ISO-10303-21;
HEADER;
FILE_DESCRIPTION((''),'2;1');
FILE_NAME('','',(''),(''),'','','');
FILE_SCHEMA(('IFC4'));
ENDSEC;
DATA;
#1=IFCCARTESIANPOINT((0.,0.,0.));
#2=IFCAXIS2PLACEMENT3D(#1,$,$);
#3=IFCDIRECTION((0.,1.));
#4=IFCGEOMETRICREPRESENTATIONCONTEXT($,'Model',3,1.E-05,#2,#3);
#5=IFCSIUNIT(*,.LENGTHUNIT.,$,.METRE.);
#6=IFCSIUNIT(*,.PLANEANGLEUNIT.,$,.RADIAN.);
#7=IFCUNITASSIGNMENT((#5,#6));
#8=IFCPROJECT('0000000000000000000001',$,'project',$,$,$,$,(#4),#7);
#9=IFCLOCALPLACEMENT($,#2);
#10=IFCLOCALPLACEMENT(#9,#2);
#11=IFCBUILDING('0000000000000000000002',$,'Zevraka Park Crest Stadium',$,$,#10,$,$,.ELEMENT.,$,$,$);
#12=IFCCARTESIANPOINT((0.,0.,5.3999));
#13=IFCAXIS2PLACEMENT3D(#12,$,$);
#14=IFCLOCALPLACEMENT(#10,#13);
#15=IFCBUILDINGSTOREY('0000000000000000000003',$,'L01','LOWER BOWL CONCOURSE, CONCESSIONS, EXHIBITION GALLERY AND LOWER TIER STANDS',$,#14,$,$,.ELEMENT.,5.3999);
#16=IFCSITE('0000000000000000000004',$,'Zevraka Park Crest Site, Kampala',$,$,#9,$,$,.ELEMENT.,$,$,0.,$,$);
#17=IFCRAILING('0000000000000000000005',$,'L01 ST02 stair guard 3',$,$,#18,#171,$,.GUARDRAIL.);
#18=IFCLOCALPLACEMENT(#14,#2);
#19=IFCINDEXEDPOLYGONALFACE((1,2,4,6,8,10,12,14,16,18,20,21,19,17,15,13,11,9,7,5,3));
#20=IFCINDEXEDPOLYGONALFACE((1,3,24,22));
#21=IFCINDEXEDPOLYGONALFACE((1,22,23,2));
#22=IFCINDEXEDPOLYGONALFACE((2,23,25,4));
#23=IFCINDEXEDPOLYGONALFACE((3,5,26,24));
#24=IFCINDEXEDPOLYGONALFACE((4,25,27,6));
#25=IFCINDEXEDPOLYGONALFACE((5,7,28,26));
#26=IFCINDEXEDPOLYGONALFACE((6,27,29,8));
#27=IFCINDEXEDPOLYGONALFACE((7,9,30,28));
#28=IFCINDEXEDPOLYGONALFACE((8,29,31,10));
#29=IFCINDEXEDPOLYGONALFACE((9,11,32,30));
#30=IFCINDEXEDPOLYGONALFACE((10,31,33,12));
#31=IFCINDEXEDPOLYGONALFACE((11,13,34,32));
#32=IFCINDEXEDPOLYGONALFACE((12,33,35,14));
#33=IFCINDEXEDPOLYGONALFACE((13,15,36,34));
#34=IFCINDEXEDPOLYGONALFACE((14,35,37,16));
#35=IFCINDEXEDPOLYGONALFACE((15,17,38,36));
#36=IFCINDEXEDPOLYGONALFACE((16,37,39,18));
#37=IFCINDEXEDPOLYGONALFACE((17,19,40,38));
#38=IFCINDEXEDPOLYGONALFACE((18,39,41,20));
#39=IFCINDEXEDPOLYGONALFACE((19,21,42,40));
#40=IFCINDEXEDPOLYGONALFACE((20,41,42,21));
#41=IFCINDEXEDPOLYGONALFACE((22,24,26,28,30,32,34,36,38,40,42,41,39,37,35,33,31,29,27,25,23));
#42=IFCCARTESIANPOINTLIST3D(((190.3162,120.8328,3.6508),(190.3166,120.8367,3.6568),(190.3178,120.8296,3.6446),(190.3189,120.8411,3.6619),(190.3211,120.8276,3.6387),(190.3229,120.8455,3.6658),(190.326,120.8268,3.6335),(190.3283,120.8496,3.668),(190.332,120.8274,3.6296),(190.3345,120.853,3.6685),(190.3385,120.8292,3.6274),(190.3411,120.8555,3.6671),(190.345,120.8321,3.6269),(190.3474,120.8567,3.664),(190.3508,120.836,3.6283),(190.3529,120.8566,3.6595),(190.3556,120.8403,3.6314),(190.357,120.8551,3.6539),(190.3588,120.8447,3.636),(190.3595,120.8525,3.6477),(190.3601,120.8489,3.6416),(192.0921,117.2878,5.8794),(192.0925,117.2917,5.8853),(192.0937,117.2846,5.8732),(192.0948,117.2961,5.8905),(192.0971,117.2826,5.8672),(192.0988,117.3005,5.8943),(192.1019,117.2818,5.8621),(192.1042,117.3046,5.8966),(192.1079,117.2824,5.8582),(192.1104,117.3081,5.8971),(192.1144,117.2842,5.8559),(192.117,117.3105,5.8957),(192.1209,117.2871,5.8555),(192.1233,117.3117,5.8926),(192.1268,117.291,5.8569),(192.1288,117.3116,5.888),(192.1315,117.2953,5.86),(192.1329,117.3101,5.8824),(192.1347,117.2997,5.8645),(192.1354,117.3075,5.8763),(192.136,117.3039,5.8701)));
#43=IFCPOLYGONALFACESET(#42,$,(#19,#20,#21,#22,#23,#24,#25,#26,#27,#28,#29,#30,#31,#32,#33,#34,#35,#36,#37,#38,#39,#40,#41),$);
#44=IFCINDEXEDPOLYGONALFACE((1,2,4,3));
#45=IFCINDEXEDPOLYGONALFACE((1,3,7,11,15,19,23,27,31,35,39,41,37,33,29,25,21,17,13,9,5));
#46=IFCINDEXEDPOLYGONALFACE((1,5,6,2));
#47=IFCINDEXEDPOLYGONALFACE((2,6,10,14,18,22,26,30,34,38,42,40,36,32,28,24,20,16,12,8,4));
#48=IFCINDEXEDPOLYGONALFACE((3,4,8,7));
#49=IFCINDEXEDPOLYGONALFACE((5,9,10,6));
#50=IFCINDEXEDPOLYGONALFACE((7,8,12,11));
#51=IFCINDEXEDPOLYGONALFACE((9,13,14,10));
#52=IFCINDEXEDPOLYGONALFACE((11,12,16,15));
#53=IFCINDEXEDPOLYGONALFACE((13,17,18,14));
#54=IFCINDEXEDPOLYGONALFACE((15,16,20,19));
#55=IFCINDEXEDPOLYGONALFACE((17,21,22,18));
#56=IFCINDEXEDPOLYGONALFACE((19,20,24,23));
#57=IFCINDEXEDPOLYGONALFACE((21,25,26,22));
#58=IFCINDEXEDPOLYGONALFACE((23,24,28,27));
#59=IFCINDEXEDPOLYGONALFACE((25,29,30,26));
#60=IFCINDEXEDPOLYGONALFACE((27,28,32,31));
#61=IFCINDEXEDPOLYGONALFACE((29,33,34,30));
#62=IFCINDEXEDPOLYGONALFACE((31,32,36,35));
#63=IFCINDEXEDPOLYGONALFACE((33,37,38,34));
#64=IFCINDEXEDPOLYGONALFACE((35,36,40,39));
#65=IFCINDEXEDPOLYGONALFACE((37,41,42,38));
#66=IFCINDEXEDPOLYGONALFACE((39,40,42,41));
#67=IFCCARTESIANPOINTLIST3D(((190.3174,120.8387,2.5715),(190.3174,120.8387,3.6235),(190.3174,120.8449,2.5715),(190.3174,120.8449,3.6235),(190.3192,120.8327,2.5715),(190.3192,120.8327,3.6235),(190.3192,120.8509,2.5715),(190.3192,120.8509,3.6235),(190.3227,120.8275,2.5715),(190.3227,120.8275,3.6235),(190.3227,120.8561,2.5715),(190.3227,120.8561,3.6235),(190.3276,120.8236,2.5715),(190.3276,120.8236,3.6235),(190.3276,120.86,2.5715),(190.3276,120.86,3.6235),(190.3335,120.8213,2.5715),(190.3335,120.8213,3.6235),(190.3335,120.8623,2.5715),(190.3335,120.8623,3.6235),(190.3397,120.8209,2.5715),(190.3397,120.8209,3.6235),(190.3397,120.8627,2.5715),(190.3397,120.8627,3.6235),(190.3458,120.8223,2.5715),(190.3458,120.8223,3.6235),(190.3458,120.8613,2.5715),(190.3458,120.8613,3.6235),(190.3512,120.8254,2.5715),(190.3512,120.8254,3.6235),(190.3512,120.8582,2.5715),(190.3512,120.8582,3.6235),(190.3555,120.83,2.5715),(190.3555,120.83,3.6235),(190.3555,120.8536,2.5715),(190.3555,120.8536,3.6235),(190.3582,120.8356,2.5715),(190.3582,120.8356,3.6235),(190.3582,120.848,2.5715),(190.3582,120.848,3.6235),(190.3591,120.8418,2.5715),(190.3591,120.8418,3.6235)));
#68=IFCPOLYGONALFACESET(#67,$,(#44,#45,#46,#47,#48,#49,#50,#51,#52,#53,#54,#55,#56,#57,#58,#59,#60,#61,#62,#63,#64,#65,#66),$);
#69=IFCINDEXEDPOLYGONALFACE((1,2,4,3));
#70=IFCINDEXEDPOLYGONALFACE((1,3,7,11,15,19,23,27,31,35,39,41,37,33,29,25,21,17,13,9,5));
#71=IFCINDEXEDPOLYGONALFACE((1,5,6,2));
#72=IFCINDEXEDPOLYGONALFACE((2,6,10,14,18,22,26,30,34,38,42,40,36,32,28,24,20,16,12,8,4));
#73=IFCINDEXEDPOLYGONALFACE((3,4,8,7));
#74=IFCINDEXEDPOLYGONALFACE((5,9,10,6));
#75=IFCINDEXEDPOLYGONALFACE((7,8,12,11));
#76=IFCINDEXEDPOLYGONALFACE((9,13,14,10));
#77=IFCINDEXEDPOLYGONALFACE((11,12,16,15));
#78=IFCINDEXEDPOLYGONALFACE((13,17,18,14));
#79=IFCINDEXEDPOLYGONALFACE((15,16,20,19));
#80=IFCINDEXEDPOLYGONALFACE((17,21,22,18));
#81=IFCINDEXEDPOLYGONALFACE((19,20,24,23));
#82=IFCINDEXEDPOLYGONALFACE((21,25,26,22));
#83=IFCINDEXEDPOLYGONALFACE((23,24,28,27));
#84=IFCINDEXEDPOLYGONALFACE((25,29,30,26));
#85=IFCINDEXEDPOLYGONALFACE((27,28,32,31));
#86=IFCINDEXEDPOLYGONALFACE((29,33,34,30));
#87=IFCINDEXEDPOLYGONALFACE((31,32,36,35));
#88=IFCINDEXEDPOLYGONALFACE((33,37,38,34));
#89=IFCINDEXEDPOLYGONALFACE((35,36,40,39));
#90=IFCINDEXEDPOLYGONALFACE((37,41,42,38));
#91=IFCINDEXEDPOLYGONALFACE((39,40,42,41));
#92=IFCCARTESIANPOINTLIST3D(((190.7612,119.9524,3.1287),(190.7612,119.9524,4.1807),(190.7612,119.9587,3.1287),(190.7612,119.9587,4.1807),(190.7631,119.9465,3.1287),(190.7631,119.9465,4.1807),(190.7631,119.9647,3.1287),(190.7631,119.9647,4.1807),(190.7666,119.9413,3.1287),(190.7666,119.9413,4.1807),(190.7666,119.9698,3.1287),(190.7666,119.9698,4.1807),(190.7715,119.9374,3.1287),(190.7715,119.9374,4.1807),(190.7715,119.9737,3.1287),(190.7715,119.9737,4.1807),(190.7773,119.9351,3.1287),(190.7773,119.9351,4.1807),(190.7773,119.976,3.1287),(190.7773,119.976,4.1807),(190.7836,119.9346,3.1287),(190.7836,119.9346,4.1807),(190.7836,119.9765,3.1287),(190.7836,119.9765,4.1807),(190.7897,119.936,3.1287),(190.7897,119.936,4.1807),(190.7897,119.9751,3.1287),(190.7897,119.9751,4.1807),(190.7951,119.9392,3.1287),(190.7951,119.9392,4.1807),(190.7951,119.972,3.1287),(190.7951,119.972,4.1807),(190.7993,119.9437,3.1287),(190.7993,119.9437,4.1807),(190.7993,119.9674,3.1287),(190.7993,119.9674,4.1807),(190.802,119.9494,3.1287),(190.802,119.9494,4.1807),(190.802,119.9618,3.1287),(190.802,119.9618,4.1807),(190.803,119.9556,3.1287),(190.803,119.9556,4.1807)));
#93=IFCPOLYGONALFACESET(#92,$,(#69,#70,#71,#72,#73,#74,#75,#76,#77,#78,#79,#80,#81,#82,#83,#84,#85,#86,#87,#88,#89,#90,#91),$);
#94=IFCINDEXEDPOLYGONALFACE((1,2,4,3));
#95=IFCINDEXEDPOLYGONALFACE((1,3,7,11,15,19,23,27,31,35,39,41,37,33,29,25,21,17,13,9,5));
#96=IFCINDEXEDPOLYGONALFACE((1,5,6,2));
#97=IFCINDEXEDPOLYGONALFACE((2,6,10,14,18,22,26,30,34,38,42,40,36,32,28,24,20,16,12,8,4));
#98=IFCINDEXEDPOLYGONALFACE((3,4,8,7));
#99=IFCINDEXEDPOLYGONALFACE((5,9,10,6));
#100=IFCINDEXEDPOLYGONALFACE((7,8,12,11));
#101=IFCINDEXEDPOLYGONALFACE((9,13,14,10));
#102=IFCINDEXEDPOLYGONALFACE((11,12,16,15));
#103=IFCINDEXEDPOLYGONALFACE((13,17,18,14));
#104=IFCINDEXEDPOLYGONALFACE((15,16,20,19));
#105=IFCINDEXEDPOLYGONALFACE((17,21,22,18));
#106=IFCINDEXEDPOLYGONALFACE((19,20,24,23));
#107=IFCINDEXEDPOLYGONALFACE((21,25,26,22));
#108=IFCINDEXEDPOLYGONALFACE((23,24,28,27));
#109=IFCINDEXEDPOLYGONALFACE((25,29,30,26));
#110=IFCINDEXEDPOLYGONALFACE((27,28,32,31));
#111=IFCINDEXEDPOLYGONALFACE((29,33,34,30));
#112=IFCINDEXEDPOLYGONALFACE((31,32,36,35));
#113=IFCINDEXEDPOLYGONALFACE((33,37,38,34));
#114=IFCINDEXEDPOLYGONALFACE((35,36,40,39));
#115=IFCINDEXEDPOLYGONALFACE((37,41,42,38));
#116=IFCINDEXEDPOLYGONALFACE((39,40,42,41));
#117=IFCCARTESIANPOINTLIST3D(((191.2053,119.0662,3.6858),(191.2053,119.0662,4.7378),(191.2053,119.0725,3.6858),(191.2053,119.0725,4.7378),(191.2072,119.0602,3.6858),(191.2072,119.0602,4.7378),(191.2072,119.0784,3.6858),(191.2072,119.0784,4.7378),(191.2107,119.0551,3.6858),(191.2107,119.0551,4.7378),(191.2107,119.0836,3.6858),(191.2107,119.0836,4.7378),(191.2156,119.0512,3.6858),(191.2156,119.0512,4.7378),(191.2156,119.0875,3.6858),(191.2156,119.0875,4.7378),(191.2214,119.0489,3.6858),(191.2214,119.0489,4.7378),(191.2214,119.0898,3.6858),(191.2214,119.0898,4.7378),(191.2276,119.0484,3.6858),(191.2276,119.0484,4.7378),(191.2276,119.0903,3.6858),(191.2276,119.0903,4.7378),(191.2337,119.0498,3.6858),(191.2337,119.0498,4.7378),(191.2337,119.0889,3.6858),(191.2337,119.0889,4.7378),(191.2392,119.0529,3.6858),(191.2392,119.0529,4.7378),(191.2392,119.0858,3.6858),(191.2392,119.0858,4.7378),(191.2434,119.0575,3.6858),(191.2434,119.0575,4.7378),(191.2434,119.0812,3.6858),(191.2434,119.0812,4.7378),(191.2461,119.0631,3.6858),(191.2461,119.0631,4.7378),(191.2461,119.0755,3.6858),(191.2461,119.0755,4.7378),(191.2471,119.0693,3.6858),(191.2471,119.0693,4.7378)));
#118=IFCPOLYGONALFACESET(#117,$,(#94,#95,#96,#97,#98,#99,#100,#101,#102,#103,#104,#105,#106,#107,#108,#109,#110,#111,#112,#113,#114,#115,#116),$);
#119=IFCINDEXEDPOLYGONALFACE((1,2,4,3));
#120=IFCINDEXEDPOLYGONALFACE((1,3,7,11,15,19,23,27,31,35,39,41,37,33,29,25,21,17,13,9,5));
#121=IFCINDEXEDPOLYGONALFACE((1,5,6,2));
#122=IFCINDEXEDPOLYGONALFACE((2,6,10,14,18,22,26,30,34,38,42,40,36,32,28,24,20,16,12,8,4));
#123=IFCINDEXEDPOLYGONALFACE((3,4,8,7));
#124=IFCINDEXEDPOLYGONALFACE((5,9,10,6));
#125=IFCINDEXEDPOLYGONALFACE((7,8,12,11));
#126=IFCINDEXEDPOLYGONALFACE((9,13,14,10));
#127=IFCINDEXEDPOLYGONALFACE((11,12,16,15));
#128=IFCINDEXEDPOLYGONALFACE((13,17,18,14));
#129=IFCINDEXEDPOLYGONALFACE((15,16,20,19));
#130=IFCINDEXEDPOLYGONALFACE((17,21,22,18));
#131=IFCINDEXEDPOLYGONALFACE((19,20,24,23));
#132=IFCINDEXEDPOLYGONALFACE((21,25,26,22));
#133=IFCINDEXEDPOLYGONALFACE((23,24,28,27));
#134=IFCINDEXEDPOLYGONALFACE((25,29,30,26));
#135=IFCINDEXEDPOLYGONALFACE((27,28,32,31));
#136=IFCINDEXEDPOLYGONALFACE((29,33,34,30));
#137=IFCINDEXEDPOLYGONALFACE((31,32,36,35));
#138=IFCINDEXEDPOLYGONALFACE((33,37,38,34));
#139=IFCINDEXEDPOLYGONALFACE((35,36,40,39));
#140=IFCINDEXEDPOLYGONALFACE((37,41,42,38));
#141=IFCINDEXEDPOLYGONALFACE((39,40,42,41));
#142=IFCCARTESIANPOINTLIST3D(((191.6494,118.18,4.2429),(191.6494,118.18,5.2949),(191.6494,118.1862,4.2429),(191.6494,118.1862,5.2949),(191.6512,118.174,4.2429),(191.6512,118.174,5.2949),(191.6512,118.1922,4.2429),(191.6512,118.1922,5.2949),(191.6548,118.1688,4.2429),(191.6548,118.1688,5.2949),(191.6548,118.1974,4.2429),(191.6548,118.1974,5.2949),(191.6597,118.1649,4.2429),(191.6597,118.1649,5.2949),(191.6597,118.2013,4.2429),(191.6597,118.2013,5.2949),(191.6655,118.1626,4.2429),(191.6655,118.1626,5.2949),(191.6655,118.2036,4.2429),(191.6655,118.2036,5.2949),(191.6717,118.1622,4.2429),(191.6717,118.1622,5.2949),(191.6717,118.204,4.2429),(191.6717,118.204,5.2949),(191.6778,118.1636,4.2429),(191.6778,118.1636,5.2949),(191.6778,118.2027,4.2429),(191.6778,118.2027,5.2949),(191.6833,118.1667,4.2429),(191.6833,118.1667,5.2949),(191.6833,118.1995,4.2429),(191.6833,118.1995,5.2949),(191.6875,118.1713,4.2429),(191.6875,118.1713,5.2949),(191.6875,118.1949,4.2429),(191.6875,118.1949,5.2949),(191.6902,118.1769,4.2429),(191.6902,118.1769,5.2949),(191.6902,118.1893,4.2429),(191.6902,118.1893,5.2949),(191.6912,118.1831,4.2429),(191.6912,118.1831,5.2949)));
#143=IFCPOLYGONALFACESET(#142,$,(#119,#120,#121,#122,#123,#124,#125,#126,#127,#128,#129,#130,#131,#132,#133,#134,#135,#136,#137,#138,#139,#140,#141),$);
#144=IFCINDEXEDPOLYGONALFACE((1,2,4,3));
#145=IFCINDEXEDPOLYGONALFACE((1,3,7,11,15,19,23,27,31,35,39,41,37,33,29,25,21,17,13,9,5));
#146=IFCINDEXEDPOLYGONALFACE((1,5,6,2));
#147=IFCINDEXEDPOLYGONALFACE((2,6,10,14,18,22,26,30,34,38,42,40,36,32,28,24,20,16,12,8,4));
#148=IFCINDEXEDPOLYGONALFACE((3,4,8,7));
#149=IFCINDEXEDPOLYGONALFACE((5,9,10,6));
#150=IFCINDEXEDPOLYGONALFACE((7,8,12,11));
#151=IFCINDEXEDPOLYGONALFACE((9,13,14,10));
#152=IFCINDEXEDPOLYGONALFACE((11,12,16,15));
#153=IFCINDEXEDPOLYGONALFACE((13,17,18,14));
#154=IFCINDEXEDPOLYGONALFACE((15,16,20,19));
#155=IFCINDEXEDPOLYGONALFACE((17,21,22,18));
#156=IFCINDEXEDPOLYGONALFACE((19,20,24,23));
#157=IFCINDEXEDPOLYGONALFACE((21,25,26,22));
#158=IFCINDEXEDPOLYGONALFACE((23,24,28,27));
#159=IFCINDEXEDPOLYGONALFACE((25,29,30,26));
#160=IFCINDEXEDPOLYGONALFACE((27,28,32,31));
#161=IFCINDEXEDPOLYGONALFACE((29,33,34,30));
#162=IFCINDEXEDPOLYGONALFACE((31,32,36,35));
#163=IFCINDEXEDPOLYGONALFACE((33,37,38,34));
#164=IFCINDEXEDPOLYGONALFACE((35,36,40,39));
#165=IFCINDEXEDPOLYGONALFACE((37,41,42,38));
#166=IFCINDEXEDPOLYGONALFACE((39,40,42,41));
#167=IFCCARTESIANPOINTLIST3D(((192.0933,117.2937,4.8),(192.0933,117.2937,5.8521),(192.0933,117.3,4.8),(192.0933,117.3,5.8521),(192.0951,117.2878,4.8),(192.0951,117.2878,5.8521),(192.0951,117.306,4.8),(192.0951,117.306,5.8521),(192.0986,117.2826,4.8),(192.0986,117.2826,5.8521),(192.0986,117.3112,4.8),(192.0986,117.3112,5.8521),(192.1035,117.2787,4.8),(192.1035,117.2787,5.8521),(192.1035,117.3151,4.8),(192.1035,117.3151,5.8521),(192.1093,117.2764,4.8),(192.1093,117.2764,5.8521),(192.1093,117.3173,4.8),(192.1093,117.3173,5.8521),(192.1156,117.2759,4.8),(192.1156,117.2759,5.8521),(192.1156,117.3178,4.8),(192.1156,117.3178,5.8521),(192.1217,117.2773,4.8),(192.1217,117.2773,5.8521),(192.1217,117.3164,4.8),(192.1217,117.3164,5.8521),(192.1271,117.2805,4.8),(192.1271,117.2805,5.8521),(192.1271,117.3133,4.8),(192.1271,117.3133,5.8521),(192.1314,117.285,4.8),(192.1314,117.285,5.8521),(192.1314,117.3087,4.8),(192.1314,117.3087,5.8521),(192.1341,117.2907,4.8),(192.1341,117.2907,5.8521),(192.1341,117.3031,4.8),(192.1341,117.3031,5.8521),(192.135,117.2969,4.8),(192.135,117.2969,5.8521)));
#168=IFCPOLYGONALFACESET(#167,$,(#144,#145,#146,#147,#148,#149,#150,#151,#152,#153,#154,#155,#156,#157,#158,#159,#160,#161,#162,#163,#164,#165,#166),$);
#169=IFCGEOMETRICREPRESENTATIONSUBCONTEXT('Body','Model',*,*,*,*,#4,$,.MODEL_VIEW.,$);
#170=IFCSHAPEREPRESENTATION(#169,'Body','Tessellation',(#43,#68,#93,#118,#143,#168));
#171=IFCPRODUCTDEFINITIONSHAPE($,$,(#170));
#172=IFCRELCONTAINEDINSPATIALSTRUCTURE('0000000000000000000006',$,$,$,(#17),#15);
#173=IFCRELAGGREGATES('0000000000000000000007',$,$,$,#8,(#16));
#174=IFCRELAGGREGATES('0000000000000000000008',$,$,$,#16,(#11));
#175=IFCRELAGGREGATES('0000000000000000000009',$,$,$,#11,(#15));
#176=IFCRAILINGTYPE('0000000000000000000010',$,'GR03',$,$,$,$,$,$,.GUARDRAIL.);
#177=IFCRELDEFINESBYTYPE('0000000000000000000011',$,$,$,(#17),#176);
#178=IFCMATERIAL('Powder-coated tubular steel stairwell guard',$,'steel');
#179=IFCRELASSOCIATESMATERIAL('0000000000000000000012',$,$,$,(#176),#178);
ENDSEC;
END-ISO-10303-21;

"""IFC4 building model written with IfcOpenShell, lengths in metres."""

from ifc_helpers import new_model, si_unit, direction, frame, origin, origin_2d, place, context, subcontext, project, spatial, circle, extrude, material, type_object, element, save


model = new_model("IFC4")

# Units and contexts
model_context = context("Model", 3, precision=1e-05, world=origin(), true_north=direction((0.0, 1.0)))
body_context = subcontext(model_context, "Body", "Model", "MODEL_VIEW")
ifc_project = project(units=[si_unit("LENGTHUNIT", "METRE"), si_unit("PLANEANGLEUNIT", "RADIAN")], contexts=[model_context])

# Site, building, storey
site_placement = place(None, origin())
site = spatial("IfcSite", under=ifc_project, at=site_placement, Name="Zevraka Park Crest Site, Kampala", CompositionType="ELEMENT", RefElevation=0.0)
building_placement = place(site_placement, origin())
building = spatial("IfcBuilding", under=site, at=building_placement, Name="Zevraka Park Crest Stadium", CompositionType="ELEMENT")
storey_placement = place(building_placement, frame((0.0, 0.0, 5.3999)))
storey = spatial("IfcBuildingStorey", under=building, at=storey_placement, Name="L01", Description="LOWER BOWL CONCOURSE, CONCESSIONS, EXHIBITION GALLERY AND LOWER TIER STANDS", CompositionType="ELEMENT", Elevation=5.3999)

# Railing
ifc_material_1 = material(Name="Powder-coated tubular steel stairwell guard", Category="steel")
railing_type_1 = type_object("IfcRailingType", Name="GR03", PredefinedType="GUARDRAIL", material=ifc_material_1)
railing_1_placement = place(storey_placement, frame((190.3381, 120.8418, 2.5715)))
element("IfcRailing", 1, at=railing_1_placement, inside=storey, type_object=railing_type_1, Name="L01 ST02 stair guard 3", PredefinedType="GUARDRAIL", context=body_context, shape_type="SweptSolid", body=[
    extrude(circle(Radius=0.0239, at=origin_2d()), frame((0.0, 0.0, 1.0762), z_axis=(0.390454, -0.779405, 0.489973), x_axis=(0.894082, 0.447903, 0.0)), (0.0, 0.0, 1.0), 4.5483),
    extrude(circle(Radius=0.021, at=origin_2d()), origin(), (0.0, 0.0, 1.0), 1.052),
    extrude(circle(Radius=0.021, at=origin_2d()), frame((0.4438, -0.8862, 0.5571)), (0.0, 0.0, 1.0), 1.052),
    extrude(circle(Radius=0.021, at=origin_2d()), frame((0.8879, -1.7725, 1.1143)), (0.0, 0.0, 1.0), 1.052),
    extrude(circle(Radius=0.021, at=origin_2d()), frame((1.332, -2.6587, 1.6714)), (0.0, 0.0, 1.0), 1.052),
    extrude(circle(Radius=0.021, at=origin_2d()), frame((1.7759, -3.5449, 2.2285)), (0.0, 0.0, 1.0), 1.052),
])

save(model, "model.ifc")
